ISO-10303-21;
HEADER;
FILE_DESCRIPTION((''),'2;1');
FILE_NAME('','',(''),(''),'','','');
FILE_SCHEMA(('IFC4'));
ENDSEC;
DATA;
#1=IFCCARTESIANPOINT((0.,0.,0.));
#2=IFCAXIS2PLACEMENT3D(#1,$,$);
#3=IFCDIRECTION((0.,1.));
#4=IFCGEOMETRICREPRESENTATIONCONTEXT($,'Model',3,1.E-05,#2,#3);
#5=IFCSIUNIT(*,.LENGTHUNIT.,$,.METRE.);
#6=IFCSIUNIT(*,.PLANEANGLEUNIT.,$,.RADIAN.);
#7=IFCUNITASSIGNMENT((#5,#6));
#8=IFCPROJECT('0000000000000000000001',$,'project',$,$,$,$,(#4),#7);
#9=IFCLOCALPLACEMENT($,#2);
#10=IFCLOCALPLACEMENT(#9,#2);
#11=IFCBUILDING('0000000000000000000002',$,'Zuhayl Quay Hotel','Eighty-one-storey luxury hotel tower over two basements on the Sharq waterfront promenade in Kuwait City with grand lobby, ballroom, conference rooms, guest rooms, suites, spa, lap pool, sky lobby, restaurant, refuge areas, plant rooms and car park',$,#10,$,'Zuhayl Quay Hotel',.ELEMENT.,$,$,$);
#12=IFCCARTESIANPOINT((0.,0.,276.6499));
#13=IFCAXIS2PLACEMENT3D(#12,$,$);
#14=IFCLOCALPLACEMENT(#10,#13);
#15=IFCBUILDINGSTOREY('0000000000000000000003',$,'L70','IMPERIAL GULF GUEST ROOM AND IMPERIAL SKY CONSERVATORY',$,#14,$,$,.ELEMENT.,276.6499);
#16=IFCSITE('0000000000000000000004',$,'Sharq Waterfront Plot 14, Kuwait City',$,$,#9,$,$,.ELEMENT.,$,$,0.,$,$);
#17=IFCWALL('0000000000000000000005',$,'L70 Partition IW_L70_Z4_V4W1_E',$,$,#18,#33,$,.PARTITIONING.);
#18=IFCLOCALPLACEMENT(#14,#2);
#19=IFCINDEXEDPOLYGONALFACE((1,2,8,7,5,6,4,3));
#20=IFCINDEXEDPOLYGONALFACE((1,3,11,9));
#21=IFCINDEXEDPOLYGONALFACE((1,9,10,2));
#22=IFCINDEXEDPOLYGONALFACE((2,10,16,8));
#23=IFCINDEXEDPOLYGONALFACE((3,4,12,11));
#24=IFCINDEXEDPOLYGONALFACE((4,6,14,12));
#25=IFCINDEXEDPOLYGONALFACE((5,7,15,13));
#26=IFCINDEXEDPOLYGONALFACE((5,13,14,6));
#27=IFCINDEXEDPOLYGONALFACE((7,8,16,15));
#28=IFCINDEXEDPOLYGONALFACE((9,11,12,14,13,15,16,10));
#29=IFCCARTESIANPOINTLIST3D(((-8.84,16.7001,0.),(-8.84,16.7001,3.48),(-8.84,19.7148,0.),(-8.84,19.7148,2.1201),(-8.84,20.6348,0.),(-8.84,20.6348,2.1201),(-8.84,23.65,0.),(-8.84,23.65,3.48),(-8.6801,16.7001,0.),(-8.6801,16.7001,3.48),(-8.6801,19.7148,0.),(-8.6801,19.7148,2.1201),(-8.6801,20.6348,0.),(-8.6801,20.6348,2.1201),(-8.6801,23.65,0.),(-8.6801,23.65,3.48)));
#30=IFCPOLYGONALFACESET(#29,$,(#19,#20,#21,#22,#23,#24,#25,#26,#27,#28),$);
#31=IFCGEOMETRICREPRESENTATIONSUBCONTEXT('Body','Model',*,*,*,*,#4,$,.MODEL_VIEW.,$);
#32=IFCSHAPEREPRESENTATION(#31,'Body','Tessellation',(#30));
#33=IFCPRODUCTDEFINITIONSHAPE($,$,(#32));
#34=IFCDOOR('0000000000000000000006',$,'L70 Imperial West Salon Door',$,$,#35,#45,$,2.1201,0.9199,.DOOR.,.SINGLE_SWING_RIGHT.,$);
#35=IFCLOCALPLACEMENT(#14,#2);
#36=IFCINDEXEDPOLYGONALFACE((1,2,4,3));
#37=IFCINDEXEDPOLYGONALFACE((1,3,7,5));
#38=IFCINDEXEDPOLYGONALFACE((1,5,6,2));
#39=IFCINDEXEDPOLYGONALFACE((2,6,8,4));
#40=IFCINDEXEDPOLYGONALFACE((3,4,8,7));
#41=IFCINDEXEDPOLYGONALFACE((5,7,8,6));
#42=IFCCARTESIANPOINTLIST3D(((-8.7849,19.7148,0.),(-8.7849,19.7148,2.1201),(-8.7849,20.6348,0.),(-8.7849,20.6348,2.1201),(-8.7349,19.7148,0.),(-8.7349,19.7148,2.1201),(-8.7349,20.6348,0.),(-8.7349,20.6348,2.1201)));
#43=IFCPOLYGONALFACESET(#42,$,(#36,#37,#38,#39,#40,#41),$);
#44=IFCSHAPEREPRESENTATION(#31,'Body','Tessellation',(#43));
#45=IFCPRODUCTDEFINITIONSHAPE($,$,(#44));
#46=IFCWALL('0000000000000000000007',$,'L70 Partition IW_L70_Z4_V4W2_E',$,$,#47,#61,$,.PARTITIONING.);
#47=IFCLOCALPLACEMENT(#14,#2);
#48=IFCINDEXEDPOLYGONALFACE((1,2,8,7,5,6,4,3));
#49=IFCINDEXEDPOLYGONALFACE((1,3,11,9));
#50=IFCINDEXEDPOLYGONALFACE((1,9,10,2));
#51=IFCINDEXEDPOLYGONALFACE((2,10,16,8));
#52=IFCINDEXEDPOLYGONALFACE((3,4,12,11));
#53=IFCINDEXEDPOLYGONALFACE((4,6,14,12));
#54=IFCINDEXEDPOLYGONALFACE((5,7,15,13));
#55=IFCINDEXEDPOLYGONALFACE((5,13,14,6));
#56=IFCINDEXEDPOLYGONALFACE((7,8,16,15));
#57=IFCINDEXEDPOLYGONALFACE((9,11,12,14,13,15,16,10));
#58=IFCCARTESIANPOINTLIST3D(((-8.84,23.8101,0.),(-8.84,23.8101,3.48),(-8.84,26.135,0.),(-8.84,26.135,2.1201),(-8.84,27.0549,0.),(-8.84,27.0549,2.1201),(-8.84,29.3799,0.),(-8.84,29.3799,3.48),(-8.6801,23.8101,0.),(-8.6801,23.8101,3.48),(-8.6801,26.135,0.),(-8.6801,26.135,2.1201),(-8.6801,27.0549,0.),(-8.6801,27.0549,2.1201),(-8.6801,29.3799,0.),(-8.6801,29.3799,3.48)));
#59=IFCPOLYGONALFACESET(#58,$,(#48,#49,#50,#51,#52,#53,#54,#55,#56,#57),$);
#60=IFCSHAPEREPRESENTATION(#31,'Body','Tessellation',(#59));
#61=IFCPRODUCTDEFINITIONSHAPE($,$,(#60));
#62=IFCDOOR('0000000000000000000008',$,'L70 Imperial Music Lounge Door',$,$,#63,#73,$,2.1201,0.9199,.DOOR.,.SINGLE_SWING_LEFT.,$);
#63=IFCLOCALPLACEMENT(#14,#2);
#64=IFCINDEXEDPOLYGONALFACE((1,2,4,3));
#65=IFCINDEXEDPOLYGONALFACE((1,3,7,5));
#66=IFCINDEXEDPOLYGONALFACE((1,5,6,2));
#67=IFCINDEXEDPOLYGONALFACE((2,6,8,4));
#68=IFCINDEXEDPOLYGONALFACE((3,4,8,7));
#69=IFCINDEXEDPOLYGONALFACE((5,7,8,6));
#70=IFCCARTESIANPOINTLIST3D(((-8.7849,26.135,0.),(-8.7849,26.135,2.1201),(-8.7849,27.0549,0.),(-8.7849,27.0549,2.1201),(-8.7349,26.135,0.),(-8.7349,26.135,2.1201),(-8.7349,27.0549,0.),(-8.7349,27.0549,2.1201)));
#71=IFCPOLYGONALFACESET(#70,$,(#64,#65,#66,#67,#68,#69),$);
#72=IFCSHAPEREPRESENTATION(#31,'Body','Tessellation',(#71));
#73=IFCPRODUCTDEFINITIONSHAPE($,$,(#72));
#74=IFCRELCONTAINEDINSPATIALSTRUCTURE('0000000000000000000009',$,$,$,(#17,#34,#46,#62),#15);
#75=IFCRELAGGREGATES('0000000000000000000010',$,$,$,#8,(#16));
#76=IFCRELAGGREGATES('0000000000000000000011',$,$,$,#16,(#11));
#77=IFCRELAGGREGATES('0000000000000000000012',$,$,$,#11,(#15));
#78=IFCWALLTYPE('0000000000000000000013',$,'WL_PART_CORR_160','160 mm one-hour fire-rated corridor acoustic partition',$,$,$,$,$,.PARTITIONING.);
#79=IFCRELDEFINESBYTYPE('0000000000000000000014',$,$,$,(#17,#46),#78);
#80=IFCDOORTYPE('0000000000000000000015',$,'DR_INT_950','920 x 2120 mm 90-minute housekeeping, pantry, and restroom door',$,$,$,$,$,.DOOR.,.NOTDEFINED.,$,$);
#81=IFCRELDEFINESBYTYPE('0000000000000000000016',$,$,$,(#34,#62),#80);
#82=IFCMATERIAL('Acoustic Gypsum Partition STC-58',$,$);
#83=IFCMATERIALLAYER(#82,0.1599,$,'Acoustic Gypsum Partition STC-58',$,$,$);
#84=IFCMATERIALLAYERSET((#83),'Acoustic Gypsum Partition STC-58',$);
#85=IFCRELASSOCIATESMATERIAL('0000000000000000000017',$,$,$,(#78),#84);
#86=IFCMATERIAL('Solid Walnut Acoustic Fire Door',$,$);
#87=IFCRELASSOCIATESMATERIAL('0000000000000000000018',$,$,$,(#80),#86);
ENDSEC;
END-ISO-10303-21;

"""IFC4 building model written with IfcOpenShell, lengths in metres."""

from ifc_helpers import new_model, si_unit, direction, frame, frame_2d, origin, place, context, subcontext, project, spatial, rectangle, extrude, material, layer, layer_set, type_object, element, fill, save


model = new_model("IFC4")

# Units and contexts
model_context = context("Model", 3, precision=1e-05, world=origin(), true_north=direction((0.0, 1.0)))
body_context = subcontext(model_context, "Body", "Model", "MODEL_VIEW")
ifc_project = project(units=[si_unit("LENGTHUNIT", "METRE"), si_unit("PLANEANGLEUNIT", "RADIAN")], contexts=[model_context])

# Site, building, storey
site_placement = place(None, origin())
site = spatial("IfcSite", under=ifc_project, at=site_placement, Name="Sharq Waterfront Plot 14, Kuwait City", CompositionType="ELEMENT", RefElevation=0.0)
building_placement = place(site_placement, origin())
building = spatial("IfcBuilding", under=site, at=building_placement, Name="Zuhayl Quay Hotel", Description="Eighty-one-storey luxury hotel tower over two basements on the Sharq waterfront promenade in Kuwait City with grand lobby, ballroom, conference rooms, guest rooms, suites, spa, lap pool, sky lobby, restaurant, refuge areas, plant rooms and car park", LongName="Zuhayl Quay Hotel", CompositionType="ELEMENT")
storey_placement = place(building_placement, frame((0.0, 0.0, 276.6499)))
storey = spatial("IfcBuildingStorey", under=building, at=storey_placement, Name="L70", Description="IMPERIAL GULF GUEST ROOM AND IMPERIAL SKY CONSERVATORY", CompositionType="ELEMENT", Elevation=276.6499)

# Shared definitions
ifc_material_1 = material(Name="Acoustic Gypsum Partition STC-58")

# Walls, openings, doors
ifc_layer_1 = layer(ifc_material_1, 0.1599, Name="Acoustic Gypsum Partition STC-58")
ifc_layer_set_1 = layer_set([ifc_layer_1], Name="Acoustic Gypsum Partition STC-58")
wall_type_1 = type_object("IfcWallType", Name="WL_PART_CORR_160", Description="160 mm one-hour fire-rated corridor acoustic partition", PredefinedType="PARTITIONING", material=ifc_layer_set_1)
ifc_material_2 = material(Name="Solid Walnut Acoustic Fire Door")
door_type_1 = type_object("IfcDoorType", Name="DR_INT_950", Description="920 x 2120 mm 90-minute housekeeping, pantry, and restroom door", OperationType="NOTDEFINED", PredefinedType="DOOR", material=ifc_material_2)
wall_1_placement = place(storey_placement, frame((-8.76, 16.7, 0.0), z_axis=(0.0, 0.0, 1.0), x_axis=(0.0, 1.0, 0.0)))
wall_1 = element("IfcWall", 1, at=wall_1_placement, inside=storey, type_object=wall_type_1, Name="L70 Partition IW_L70_Z4_V4W1_E", PredefinedType="PARTITIONING", context=body_context, shape_type="SweptSolid", body=[
    extrude(rectangle(XDim=6.95, YDim=0.1599, at=frame_2d((3.4751, 0.0))), origin(), (0.0, 0.0, 1.0), 3.48),
])
opening_1_placement = place(wall_1_placement, frame((3.0149, 0.0, 0.0)))
opening_1 = element("IfcOpeningElement", 2, at=opening_1_placement, cuts=wall_1, PredefinedType="OPENING", context=body_context, shape_type="SweptSolid", body=[
    extrude(rectangle(XDim=0.9199, YDim=2.1201, at=frame_2d((0.46, 1.0601))), frame((0.0, 0.0898, 0.0), z_axis=(0.0, -1.0, 0.0), x_axis=(1.0, 0.0, 0.0)), (0.0, 0.0, 1.0), 0.1799),
])
door_1_placement = place(opening_1_placement, origin())
door_1 = element("IfcDoor", 3, at=door_1_placement, inside=storey, type_object=door_type_1, Name="L70 Imperial West Salon Door", OperationType="SINGLE_SWING_RIGHT", OverallHeight=2.1201, OverallWidth=0.9199, PredefinedType="DOOR", context=body_context, shape_type="SweptSolid", body=[
    extrude(rectangle(XDim=0.9199, YDim=2.1201, at=frame_2d((0.46, 1.0601))), frame((0.0, 0.0249, 0.0), z_axis=(0.0, -1.0, 0.0), x_axis=(1.0, 0.0, 0.0)), (0.0, 0.0, 1.0), 0.05),
])
fill(opening_1, door_1)
wall_2_placement = place(storey_placement, frame((-8.76, 23.8101, 0.0), z_axis=(0.0, 0.0, 1.0), x_axis=(0.0, 1.0, 0.0)))
wall_2 = element("IfcWall", 4, at=wall_2_placement, inside=storey, type_object=wall_type_1, Name="L70 Partition IW_L70_Z4_V4W2_E", PredefinedType="PARTITIONING", context=body_context, shape_type="SweptSolid", body=[
    extrude(rectangle(XDim=5.5698, YDim=0.1599, at=frame_2d((2.7849, 0.0))), origin(), (0.0, 0.0, 1.0), 3.48),
])
opening_2_placement = place(wall_2_placement, frame((2.325, 0.0, 0.0)))
opening_2 = element("IfcOpeningElement", 5, at=opening_2_placement, cuts=wall_2, PredefinedType="OPENING", context=body_context, shape_type="SweptSolid", body=[
    extrude(rectangle(XDim=0.9199, YDim=2.1201, at=frame_2d((0.46, 1.0601))), frame((0.0, 0.0898, 0.0), z_axis=(0.0, -1.0, 0.0), x_axis=(1.0, 0.0, 0.0)), (0.0, 0.0, 1.0), 0.1799),
])
door_2_placement = place(opening_2_placement, origin())
door_2 = element("IfcDoor", 6, at=door_2_placement, inside=storey, type_object=door_type_1, Name="L70 Imperial Music Lounge Door", OperationType="SINGLE_SWING_LEFT", OverallHeight=2.1201, OverallWidth=0.9199, PredefinedType="DOOR", context=body_context, shape_type="SweptSolid", body=[
    extrude(rectangle(XDim=0.9199, YDim=2.1201, at=frame_2d((0.46, 1.0601))), frame((0.0, 0.0249, 0.0), z_axis=(0.0, -1.0, 0.0), x_axis=(1.0, 0.0, 0.0)), (0.0, 0.0, 1.0), 0.05),
])
fill(opening_2, door_2)

save(model, "model.ifc")
